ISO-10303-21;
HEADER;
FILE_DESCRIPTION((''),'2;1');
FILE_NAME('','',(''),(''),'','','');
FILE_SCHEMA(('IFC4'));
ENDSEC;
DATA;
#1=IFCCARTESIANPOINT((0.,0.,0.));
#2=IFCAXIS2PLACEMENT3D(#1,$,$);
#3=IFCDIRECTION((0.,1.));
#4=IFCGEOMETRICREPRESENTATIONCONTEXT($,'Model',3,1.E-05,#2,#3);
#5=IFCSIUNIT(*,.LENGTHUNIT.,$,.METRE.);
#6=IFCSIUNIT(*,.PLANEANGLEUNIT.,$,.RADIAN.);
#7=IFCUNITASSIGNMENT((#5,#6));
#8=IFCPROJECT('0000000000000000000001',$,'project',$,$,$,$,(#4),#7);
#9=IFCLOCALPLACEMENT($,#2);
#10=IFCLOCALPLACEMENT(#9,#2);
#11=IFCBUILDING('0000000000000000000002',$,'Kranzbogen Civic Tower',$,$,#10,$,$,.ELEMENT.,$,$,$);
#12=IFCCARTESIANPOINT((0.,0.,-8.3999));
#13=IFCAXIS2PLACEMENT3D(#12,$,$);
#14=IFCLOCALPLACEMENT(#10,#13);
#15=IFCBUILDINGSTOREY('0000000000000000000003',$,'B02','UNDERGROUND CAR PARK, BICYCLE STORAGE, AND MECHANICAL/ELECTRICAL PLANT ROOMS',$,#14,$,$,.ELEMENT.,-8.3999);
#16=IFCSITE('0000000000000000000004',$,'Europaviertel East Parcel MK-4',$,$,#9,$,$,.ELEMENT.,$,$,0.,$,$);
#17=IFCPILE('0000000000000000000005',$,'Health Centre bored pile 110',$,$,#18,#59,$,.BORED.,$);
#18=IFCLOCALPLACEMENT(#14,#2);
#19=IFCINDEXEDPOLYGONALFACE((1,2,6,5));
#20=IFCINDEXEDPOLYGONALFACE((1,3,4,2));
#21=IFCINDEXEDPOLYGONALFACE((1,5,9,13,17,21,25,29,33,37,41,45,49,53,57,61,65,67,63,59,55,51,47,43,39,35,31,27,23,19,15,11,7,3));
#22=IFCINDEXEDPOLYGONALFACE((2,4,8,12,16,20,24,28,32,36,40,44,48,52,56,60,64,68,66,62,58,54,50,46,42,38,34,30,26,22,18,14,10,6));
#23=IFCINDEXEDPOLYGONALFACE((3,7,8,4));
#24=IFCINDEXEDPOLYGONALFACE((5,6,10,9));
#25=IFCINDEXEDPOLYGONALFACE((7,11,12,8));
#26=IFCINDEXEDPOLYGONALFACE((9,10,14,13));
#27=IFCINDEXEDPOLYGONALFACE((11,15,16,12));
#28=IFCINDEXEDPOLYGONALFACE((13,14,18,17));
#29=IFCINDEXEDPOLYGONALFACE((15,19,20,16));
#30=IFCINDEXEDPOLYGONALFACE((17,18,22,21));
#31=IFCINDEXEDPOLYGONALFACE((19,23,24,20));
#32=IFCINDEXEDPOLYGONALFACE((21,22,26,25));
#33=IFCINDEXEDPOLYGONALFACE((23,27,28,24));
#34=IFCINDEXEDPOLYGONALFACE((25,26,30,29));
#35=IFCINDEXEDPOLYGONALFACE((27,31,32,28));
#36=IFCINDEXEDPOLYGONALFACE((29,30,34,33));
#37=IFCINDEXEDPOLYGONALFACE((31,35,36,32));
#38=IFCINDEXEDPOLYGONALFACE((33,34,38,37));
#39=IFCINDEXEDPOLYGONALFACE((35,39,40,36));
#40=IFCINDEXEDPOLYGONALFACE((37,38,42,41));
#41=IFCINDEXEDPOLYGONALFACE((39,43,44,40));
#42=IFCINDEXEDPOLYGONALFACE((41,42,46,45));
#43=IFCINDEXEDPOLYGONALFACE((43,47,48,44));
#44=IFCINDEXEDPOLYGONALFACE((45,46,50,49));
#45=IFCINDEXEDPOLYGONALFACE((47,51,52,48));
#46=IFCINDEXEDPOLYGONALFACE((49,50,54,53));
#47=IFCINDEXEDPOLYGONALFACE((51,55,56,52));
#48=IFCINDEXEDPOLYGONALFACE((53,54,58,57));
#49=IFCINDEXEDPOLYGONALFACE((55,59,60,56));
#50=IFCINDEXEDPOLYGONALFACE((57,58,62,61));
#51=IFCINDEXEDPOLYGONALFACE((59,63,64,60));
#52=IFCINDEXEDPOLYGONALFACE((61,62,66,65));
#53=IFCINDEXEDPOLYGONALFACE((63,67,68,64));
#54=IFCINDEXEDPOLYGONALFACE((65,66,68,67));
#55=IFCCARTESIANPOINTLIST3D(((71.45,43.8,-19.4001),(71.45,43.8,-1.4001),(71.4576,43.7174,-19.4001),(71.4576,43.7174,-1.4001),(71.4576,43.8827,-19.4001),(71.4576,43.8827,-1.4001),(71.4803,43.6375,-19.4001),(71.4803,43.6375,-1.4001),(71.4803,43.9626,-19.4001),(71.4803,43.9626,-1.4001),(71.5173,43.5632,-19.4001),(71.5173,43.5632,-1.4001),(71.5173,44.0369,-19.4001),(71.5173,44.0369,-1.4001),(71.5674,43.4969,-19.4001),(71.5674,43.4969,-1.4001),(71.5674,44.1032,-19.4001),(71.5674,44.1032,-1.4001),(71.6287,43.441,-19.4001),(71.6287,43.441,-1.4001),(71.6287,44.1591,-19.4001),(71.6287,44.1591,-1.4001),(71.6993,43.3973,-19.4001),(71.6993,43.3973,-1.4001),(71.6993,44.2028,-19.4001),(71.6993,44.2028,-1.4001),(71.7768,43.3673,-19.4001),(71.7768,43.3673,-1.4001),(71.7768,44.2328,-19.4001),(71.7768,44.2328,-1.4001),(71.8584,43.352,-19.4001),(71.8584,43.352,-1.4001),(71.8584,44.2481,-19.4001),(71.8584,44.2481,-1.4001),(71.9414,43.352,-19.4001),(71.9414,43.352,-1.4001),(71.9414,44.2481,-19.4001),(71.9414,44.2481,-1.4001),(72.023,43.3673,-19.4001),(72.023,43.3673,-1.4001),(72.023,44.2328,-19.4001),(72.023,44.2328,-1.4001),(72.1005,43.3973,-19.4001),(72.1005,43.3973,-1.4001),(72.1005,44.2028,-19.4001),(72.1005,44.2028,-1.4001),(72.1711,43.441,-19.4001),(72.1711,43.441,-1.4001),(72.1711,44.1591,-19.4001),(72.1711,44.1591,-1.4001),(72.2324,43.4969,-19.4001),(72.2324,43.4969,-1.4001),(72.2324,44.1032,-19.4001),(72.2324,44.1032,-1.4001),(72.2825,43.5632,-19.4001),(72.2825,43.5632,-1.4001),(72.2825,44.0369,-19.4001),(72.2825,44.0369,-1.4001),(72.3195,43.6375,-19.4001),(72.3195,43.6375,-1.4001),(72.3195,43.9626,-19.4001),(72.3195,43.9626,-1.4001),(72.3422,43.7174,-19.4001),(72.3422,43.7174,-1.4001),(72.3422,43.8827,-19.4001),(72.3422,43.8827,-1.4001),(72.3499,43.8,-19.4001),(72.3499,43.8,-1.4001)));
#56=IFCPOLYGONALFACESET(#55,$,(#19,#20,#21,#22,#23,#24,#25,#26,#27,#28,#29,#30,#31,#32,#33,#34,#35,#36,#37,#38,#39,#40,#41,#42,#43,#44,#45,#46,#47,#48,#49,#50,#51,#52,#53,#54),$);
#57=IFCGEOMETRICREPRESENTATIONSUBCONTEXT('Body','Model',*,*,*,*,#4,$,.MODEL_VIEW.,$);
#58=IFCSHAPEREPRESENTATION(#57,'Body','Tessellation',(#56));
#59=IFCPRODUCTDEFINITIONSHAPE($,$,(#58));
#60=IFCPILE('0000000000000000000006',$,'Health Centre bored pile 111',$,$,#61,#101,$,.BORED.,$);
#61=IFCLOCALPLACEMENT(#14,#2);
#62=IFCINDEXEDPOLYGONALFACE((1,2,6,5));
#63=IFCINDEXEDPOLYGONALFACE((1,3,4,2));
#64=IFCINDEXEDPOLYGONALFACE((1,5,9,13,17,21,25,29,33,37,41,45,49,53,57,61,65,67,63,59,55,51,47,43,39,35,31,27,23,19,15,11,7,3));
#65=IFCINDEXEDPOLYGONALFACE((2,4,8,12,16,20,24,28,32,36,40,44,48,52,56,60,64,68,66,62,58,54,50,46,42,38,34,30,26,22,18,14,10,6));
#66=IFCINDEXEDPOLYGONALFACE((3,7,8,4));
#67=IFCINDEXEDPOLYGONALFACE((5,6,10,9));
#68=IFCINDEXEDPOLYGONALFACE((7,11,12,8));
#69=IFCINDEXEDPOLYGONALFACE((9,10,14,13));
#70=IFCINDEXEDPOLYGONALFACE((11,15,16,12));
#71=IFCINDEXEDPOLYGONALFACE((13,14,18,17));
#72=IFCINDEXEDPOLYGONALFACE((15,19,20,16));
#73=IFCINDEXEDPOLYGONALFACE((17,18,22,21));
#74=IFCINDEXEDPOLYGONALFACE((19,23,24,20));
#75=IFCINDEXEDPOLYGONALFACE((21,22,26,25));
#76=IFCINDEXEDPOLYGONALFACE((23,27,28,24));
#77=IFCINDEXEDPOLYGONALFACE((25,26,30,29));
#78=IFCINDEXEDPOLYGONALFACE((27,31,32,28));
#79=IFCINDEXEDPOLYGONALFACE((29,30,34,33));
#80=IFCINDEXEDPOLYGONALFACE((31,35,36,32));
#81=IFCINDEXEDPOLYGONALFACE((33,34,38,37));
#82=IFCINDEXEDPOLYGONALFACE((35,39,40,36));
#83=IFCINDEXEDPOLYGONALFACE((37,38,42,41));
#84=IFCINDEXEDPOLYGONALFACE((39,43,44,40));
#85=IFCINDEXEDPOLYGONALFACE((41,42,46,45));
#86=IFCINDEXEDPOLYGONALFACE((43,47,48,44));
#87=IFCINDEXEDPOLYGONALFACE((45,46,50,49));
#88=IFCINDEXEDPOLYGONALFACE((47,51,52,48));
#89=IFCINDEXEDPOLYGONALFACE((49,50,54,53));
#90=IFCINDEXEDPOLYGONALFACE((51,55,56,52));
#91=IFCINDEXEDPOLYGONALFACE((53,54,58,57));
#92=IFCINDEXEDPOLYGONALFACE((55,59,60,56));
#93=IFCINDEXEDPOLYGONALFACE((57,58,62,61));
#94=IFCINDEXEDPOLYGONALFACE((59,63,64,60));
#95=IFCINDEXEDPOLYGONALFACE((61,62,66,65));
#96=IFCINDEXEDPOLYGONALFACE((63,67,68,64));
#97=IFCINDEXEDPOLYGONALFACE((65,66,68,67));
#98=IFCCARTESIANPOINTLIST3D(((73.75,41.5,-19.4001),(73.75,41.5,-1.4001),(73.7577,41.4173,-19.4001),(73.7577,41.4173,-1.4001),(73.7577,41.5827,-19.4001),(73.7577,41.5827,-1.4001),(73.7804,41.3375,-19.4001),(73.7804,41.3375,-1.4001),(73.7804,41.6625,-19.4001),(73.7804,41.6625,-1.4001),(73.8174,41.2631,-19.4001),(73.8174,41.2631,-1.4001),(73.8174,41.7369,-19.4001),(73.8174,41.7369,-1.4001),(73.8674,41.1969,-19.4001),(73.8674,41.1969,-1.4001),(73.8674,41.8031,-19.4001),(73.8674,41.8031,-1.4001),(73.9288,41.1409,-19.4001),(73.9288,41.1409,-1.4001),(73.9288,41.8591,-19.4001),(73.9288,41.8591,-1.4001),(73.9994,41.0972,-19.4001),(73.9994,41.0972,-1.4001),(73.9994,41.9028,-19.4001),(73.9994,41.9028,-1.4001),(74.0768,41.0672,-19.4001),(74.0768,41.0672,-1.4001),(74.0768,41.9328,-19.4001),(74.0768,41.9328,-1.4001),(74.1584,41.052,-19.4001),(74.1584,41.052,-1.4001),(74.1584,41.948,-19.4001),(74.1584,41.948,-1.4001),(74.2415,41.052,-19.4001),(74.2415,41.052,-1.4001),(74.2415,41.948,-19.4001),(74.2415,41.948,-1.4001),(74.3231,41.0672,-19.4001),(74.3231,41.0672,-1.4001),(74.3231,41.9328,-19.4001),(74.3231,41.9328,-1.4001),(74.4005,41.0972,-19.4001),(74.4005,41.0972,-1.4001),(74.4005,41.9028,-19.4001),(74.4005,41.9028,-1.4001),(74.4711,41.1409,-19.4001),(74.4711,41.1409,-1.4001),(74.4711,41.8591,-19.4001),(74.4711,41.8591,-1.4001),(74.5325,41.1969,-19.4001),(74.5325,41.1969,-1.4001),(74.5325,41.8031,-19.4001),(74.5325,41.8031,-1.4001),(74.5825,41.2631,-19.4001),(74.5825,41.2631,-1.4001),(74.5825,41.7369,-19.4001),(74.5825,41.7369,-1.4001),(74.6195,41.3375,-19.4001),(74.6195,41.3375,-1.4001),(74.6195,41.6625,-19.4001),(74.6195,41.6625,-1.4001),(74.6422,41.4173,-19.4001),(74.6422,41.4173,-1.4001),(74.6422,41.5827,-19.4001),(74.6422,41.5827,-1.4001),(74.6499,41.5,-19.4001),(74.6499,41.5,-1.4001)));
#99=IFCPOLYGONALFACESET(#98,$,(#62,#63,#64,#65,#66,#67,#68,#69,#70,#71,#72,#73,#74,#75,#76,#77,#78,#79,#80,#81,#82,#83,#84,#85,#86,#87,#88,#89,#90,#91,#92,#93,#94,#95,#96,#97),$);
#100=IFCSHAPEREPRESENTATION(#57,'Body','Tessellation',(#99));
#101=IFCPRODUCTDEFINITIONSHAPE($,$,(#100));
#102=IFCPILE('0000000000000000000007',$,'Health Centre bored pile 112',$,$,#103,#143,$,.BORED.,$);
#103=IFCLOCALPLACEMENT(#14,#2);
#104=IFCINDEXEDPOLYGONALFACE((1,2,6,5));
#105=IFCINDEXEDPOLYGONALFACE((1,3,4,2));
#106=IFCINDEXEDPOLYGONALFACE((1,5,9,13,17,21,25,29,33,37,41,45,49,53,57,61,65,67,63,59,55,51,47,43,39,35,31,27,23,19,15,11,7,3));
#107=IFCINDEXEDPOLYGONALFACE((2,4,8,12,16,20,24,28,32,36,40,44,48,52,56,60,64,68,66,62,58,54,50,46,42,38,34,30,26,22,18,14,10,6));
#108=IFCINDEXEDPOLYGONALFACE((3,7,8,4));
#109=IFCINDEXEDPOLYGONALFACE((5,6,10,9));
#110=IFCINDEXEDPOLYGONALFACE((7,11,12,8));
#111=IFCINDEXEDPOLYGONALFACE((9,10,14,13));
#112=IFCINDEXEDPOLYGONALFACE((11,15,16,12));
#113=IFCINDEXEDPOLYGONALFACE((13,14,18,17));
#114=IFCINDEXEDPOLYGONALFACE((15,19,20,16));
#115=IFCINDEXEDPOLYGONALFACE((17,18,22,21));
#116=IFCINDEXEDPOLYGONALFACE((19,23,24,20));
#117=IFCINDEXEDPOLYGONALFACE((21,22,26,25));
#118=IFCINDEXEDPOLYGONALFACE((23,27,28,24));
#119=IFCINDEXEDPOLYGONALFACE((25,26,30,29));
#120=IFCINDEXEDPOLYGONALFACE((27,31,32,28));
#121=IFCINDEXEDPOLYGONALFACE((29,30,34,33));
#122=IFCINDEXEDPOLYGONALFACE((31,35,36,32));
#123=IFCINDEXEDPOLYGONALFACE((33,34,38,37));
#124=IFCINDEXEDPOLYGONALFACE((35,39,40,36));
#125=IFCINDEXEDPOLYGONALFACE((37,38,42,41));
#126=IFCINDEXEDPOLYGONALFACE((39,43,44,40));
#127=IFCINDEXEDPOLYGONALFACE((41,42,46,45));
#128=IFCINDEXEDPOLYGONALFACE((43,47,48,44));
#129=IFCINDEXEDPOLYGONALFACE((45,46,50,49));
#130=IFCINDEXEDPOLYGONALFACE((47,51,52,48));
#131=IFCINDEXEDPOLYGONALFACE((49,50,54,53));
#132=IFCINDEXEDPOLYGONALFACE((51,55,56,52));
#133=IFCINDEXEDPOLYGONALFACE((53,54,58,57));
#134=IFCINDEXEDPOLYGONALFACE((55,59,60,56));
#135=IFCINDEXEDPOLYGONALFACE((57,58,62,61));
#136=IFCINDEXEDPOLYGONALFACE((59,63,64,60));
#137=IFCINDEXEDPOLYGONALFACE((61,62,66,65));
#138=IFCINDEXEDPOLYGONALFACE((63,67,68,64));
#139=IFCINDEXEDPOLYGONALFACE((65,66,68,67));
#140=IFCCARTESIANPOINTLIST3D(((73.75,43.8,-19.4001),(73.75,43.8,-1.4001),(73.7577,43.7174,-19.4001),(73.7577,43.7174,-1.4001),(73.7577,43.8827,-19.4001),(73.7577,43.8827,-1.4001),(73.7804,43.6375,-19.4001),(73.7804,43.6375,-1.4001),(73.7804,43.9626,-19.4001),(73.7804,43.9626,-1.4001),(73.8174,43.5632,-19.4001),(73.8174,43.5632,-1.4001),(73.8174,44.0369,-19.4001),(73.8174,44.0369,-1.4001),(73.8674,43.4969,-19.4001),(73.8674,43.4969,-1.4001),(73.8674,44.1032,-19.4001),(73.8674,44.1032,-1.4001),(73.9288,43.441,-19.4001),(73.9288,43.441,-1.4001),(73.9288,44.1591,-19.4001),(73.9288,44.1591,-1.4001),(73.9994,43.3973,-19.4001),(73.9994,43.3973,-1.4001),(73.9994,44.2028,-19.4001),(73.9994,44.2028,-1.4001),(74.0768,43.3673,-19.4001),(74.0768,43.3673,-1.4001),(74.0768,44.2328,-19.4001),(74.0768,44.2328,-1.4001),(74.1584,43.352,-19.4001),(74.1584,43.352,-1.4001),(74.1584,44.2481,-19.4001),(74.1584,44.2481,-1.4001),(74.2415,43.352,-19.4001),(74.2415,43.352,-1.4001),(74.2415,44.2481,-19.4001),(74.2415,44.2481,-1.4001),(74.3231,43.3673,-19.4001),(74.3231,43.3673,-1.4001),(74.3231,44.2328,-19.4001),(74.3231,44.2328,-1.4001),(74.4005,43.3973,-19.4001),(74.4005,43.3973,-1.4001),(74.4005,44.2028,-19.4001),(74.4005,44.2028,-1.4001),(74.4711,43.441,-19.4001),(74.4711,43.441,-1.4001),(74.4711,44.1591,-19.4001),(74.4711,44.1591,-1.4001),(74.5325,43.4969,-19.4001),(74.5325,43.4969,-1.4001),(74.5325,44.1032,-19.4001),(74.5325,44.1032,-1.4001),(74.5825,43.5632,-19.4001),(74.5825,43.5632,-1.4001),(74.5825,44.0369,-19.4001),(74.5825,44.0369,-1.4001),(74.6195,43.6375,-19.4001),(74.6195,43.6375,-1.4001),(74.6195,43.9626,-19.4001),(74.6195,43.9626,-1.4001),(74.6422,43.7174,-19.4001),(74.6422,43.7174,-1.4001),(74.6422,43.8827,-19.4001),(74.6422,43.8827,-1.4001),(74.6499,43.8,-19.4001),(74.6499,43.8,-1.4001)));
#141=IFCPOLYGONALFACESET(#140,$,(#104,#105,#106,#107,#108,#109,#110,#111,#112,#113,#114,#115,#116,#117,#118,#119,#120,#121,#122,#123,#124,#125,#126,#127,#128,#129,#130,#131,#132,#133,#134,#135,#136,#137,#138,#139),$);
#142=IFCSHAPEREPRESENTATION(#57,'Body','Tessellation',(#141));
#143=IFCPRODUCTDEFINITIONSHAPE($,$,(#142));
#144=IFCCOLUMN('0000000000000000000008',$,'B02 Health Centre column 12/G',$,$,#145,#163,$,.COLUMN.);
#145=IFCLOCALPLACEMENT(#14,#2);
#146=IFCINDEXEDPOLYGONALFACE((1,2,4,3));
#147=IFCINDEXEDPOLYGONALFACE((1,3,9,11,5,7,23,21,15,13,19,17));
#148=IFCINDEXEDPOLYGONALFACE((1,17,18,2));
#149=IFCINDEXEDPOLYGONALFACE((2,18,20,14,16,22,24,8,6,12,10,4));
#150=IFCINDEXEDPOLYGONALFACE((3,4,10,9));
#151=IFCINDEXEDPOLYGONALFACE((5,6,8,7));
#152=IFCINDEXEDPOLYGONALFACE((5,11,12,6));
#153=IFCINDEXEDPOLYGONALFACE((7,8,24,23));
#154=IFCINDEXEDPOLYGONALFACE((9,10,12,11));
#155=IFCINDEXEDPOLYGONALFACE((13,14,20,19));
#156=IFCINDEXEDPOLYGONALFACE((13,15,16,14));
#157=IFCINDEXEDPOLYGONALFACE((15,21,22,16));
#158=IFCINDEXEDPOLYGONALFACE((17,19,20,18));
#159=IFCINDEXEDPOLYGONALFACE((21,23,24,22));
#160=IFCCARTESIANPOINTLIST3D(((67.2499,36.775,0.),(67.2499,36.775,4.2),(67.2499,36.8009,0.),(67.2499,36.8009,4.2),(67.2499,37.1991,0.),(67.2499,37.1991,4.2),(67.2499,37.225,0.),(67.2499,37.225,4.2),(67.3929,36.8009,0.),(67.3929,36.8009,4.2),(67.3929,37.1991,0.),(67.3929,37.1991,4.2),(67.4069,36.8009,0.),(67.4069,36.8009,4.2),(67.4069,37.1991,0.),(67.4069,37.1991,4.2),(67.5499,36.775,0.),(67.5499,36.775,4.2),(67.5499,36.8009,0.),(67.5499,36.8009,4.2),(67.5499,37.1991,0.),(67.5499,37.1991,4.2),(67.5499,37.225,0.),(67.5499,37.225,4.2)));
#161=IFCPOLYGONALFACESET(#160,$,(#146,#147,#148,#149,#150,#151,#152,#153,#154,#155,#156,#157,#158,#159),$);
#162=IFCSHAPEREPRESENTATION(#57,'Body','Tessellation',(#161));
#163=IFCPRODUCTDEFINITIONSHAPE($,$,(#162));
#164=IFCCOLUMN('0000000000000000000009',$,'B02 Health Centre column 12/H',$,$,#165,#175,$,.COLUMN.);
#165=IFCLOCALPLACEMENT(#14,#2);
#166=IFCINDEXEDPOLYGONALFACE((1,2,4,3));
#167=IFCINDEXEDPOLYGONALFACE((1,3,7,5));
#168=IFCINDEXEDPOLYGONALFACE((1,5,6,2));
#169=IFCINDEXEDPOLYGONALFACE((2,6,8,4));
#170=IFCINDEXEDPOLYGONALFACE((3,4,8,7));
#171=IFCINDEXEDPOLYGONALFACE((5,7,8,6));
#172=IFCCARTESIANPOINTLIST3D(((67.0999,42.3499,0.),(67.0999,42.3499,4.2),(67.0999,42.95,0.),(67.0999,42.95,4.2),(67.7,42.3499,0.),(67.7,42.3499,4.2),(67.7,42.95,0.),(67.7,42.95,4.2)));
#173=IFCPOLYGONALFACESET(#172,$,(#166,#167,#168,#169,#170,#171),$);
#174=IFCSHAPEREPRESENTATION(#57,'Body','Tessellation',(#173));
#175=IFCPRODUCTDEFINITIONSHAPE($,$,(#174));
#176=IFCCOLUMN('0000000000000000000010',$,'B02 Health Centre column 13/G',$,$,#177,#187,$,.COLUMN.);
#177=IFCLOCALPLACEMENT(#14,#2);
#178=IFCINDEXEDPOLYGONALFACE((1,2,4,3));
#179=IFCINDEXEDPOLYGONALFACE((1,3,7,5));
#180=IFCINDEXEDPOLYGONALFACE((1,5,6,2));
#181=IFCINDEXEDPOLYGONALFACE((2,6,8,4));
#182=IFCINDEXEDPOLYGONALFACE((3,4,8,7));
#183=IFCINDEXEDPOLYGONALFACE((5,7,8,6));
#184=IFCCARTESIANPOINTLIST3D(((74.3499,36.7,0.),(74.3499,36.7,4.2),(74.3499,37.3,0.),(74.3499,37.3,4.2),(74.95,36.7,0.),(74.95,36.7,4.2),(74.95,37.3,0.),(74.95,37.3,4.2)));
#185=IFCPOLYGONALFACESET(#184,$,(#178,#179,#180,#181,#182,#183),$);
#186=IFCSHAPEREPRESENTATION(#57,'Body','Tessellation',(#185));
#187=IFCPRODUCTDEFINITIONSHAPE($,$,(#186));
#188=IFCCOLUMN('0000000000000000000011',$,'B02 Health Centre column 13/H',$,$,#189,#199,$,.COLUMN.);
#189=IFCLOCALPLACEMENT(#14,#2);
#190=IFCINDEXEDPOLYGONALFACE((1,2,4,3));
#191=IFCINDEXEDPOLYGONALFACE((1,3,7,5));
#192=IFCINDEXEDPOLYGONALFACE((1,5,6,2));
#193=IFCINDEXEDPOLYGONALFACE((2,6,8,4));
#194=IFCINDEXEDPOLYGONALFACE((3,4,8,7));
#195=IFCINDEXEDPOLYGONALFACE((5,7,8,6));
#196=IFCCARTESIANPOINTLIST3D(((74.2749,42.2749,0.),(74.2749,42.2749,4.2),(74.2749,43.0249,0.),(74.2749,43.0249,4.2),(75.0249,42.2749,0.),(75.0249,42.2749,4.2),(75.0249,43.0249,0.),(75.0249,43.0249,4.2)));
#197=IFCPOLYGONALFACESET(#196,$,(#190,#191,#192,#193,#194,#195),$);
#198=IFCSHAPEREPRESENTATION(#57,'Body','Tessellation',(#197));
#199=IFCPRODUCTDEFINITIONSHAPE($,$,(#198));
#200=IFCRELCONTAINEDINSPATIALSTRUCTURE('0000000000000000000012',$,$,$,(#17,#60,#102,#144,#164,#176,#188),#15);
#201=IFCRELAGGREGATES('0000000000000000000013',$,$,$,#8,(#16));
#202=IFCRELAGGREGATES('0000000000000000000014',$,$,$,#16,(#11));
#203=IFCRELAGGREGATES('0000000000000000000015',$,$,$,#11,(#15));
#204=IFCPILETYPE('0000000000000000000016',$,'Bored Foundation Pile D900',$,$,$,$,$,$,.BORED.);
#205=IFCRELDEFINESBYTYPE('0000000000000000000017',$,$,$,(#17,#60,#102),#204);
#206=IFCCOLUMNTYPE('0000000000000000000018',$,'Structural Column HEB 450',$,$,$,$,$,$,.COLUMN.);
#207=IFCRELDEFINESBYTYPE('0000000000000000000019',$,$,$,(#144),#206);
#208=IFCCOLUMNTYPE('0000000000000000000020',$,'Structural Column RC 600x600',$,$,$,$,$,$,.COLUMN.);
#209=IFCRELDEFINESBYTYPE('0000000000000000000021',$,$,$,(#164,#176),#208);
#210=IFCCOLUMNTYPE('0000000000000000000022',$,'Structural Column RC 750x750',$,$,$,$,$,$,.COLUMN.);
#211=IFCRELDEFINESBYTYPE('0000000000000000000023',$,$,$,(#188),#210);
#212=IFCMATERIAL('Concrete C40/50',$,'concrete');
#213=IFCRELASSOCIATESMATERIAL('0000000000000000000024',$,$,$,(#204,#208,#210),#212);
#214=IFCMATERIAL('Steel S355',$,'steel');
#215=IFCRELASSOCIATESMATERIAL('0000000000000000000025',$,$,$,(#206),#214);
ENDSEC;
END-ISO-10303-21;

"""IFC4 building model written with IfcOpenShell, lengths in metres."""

from ifc_helpers import new_model, si_unit, direction, frame, origin, origin_2d, place, context, subcontext, project, spatial, rectangle, circle, i_section, extrude, material, material_profile, profile_set, type_object, element, save


model = new_model("IFC4")

# Units and contexts
model_context = context("Model", 3, precision=1e-05, world=origin(), true_north=direction((0.0, 1.0)))
body_context = subcontext(model_context, "Body", "Model", "MODEL_VIEW")
ifc_project = project(units=[si_unit("LENGTHUNIT", "METRE"), si_unit("PLANEANGLEUNIT", "RADIAN")], contexts=[model_context])

# Site, building, storey
site_placement = place(None, origin())
site = spatial("IfcSite", under=ifc_project, at=site_placement, Name="Europaviertel East Parcel MK-4", CompositionType="ELEMENT", RefElevation=0.0)
building_placement = place(site_placement, origin())
building = spatial("IfcBuilding", under=site, at=building_placement, Name="Kranzbogen Civic Tower", CompositionType="ELEMENT")
storey_placement = place(building_placement, frame((0.0, 0.0, -8.3999)))
storey = spatial("IfcBuildingStorey", under=building, at=storey_placement, Name="B02", Description="UNDERGROUND CAR PARK, BICYCLE STORAGE, AND MECHANICAL/ELECTRICAL PLANT ROOMS", CompositionType="ELEMENT", Elevation=-8.3999)

# Piles
ifc_material_1 = material(Name="Concrete C40/50", Category="concrete")
ifc_material_profile_1 = material_profile(ifc_material_1, circle(Radius=0.45, at=origin_2d()), Name="PILE D900")
ifc_profile_set_1 = profile_set([ifc_material_profile_1], Name="Concrete C40/50")
pile_type = type_object("IfcPileType", Name="Bored Foundation Pile D900", PredefinedType="BORED", material=ifc_profile_set_1)
for number, where, z_axis, x_axis, name in (
    (1, (71.8999, 43.8, -1.4001), (0.0, 0.0, -1.0), (1.0, 0.0, 0.0), "Health Centre bored pile 110"),
    (2, (74.2, 41.5, -1.4001), (0.0, 0.0, -1.0), (1.0, 0.0, 0.0), "Health Centre bored pile 111"),
    (3, (74.2, 43.8, -1.4001), (0.0, 0.0, -1.0), (1.0, 0.0, 0.0), "Health Centre bored pile 112"),
):
    element("IfcPile", number, at=place(storey_placement, frame(where, z_axis=z_axis, x_axis=x_axis)), inside=storey, type_object=pile_type, Name=name, PredefinedType="BORED", context=body_context, shape_type="SweptSolid", body=[
        extrude(circle(Radius=0.45, at=origin_2d()), origin(), (0.0, 0.0, 1.0), 18.0),
    ])

# Columns
ifc_material_2 = material(Name="Steel S355", Category="steel")
ifc_material_profile_2 = material_profile(ifc_material_2, i_section(OverallWidth=0.3, OverallDepth=0.45, WebThickness=0.0139, FlangeThickness=0.0259, at=origin_2d()), Name="HEB 450")
ifc_profile_set_2 = profile_set([ifc_material_profile_2], Name="Steel S355")
column_type_1 = type_object("IfcColumnType", Name="Structural Column HEB 450", PredefinedType="COLUMN", material=ifc_profile_set_2)
column_1_placement = place(storey_placement, frame((67.3999, 37.0, 0.0), z_axis=(0.0, 0.0, 1.0), x_axis=(1.0, 0.0, 0.0)))
element("IfcColumn", 4, at=column_1_placement, inside=storey, type_object=column_type_1, Name="B02 Health Centre column 12/G", PredefinedType="COLUMN", context=body_context, shape_type="SweptSolid", body=[
    extrude(i_section(OverallWidth=0.3, OverallDepth=0.45, WebThickness=0.0139, FlangeThickness=0.0259, at=origin_2d()), origin(), (0.0, 0.0, 1.0), 4.2),
])
ifc_material_profile_3 = material_profile(ifc_material_1, rectangle(XDim=0.6001, YDim=0.6001, at=origin_2d()), Name="RC 600x600")
ifc_profile_set_3 = profile_set([ifc_material_profile_3], Name="Concrete C40/50")
column_type_2 = type_object("IfcColumnType", Name="Structural Column RC 600x600", PredefinedType="COLUMN", material=ifc_profile_set_3)
for number, where, z_axis, x_axis, name in (
    (5, (67.3999, 42.6499, 0.0), (0.0, 0.0, 1.0), (1.0, 0.0, 0.0), "B02 Health Centre column 12/H"),
    (6, (74.6499, 37.0, 0.0), (0.0, 0.0, 1.0), (1.0, 0.0, 0.0), "B02 Health Centre column 13/G"),
):
    element("IfcColumn", number, at=place(storey_placement, frame(where, z_axis=z_axis, x_axis=x_axis)), inside=storey, type_object=column_type_2, Name=name, PredefinedType="COLUMN", context=body_context, shape_type="SweptSolid", body=[
        extrude(rectangle(XDim=0.6001, YDim=0.6001, at=origin_2d()), origin(), (0.0, 0.0, 1.0), 4.2),
    ])
ifc_material_profile_4 = material_profile(ifc_material_1, rectangle(XDim=0.75, YDim=0.75, at=origin_2d()), Name="RC 750x750")
ifc_profile_set_4 = profile_set([ifc_material_profile_4], Name="Concrete C40/50")
column_type_3 = type_object("IfcColumnType", Name="Structural Column RC 750x750", PredefinedType="COLUMN", material=ifc_profile_set_4)
column_2_placement = place(storey_placement, frame((74.6499, 42.6499, 0.0), z_axis=(0.0, 0.0, 1.0), x_axis=(1.0, 0.0, 0.0)))
element("IfcColumn", 7, at=column_2_placement, inside=storey, type_object=column_type_3, Name="B02 Health Centre column 13/H", PredefinedType="COLUMN", context=body_context, shape_type="SweptSolid", body=[
    extrude(rectangle(XDim=0.75, YDim=0.75, at=origin_2d()), origin(), (0.0, 0.0, 1.0), 4.2),
])

save(model, "model.ifc")
